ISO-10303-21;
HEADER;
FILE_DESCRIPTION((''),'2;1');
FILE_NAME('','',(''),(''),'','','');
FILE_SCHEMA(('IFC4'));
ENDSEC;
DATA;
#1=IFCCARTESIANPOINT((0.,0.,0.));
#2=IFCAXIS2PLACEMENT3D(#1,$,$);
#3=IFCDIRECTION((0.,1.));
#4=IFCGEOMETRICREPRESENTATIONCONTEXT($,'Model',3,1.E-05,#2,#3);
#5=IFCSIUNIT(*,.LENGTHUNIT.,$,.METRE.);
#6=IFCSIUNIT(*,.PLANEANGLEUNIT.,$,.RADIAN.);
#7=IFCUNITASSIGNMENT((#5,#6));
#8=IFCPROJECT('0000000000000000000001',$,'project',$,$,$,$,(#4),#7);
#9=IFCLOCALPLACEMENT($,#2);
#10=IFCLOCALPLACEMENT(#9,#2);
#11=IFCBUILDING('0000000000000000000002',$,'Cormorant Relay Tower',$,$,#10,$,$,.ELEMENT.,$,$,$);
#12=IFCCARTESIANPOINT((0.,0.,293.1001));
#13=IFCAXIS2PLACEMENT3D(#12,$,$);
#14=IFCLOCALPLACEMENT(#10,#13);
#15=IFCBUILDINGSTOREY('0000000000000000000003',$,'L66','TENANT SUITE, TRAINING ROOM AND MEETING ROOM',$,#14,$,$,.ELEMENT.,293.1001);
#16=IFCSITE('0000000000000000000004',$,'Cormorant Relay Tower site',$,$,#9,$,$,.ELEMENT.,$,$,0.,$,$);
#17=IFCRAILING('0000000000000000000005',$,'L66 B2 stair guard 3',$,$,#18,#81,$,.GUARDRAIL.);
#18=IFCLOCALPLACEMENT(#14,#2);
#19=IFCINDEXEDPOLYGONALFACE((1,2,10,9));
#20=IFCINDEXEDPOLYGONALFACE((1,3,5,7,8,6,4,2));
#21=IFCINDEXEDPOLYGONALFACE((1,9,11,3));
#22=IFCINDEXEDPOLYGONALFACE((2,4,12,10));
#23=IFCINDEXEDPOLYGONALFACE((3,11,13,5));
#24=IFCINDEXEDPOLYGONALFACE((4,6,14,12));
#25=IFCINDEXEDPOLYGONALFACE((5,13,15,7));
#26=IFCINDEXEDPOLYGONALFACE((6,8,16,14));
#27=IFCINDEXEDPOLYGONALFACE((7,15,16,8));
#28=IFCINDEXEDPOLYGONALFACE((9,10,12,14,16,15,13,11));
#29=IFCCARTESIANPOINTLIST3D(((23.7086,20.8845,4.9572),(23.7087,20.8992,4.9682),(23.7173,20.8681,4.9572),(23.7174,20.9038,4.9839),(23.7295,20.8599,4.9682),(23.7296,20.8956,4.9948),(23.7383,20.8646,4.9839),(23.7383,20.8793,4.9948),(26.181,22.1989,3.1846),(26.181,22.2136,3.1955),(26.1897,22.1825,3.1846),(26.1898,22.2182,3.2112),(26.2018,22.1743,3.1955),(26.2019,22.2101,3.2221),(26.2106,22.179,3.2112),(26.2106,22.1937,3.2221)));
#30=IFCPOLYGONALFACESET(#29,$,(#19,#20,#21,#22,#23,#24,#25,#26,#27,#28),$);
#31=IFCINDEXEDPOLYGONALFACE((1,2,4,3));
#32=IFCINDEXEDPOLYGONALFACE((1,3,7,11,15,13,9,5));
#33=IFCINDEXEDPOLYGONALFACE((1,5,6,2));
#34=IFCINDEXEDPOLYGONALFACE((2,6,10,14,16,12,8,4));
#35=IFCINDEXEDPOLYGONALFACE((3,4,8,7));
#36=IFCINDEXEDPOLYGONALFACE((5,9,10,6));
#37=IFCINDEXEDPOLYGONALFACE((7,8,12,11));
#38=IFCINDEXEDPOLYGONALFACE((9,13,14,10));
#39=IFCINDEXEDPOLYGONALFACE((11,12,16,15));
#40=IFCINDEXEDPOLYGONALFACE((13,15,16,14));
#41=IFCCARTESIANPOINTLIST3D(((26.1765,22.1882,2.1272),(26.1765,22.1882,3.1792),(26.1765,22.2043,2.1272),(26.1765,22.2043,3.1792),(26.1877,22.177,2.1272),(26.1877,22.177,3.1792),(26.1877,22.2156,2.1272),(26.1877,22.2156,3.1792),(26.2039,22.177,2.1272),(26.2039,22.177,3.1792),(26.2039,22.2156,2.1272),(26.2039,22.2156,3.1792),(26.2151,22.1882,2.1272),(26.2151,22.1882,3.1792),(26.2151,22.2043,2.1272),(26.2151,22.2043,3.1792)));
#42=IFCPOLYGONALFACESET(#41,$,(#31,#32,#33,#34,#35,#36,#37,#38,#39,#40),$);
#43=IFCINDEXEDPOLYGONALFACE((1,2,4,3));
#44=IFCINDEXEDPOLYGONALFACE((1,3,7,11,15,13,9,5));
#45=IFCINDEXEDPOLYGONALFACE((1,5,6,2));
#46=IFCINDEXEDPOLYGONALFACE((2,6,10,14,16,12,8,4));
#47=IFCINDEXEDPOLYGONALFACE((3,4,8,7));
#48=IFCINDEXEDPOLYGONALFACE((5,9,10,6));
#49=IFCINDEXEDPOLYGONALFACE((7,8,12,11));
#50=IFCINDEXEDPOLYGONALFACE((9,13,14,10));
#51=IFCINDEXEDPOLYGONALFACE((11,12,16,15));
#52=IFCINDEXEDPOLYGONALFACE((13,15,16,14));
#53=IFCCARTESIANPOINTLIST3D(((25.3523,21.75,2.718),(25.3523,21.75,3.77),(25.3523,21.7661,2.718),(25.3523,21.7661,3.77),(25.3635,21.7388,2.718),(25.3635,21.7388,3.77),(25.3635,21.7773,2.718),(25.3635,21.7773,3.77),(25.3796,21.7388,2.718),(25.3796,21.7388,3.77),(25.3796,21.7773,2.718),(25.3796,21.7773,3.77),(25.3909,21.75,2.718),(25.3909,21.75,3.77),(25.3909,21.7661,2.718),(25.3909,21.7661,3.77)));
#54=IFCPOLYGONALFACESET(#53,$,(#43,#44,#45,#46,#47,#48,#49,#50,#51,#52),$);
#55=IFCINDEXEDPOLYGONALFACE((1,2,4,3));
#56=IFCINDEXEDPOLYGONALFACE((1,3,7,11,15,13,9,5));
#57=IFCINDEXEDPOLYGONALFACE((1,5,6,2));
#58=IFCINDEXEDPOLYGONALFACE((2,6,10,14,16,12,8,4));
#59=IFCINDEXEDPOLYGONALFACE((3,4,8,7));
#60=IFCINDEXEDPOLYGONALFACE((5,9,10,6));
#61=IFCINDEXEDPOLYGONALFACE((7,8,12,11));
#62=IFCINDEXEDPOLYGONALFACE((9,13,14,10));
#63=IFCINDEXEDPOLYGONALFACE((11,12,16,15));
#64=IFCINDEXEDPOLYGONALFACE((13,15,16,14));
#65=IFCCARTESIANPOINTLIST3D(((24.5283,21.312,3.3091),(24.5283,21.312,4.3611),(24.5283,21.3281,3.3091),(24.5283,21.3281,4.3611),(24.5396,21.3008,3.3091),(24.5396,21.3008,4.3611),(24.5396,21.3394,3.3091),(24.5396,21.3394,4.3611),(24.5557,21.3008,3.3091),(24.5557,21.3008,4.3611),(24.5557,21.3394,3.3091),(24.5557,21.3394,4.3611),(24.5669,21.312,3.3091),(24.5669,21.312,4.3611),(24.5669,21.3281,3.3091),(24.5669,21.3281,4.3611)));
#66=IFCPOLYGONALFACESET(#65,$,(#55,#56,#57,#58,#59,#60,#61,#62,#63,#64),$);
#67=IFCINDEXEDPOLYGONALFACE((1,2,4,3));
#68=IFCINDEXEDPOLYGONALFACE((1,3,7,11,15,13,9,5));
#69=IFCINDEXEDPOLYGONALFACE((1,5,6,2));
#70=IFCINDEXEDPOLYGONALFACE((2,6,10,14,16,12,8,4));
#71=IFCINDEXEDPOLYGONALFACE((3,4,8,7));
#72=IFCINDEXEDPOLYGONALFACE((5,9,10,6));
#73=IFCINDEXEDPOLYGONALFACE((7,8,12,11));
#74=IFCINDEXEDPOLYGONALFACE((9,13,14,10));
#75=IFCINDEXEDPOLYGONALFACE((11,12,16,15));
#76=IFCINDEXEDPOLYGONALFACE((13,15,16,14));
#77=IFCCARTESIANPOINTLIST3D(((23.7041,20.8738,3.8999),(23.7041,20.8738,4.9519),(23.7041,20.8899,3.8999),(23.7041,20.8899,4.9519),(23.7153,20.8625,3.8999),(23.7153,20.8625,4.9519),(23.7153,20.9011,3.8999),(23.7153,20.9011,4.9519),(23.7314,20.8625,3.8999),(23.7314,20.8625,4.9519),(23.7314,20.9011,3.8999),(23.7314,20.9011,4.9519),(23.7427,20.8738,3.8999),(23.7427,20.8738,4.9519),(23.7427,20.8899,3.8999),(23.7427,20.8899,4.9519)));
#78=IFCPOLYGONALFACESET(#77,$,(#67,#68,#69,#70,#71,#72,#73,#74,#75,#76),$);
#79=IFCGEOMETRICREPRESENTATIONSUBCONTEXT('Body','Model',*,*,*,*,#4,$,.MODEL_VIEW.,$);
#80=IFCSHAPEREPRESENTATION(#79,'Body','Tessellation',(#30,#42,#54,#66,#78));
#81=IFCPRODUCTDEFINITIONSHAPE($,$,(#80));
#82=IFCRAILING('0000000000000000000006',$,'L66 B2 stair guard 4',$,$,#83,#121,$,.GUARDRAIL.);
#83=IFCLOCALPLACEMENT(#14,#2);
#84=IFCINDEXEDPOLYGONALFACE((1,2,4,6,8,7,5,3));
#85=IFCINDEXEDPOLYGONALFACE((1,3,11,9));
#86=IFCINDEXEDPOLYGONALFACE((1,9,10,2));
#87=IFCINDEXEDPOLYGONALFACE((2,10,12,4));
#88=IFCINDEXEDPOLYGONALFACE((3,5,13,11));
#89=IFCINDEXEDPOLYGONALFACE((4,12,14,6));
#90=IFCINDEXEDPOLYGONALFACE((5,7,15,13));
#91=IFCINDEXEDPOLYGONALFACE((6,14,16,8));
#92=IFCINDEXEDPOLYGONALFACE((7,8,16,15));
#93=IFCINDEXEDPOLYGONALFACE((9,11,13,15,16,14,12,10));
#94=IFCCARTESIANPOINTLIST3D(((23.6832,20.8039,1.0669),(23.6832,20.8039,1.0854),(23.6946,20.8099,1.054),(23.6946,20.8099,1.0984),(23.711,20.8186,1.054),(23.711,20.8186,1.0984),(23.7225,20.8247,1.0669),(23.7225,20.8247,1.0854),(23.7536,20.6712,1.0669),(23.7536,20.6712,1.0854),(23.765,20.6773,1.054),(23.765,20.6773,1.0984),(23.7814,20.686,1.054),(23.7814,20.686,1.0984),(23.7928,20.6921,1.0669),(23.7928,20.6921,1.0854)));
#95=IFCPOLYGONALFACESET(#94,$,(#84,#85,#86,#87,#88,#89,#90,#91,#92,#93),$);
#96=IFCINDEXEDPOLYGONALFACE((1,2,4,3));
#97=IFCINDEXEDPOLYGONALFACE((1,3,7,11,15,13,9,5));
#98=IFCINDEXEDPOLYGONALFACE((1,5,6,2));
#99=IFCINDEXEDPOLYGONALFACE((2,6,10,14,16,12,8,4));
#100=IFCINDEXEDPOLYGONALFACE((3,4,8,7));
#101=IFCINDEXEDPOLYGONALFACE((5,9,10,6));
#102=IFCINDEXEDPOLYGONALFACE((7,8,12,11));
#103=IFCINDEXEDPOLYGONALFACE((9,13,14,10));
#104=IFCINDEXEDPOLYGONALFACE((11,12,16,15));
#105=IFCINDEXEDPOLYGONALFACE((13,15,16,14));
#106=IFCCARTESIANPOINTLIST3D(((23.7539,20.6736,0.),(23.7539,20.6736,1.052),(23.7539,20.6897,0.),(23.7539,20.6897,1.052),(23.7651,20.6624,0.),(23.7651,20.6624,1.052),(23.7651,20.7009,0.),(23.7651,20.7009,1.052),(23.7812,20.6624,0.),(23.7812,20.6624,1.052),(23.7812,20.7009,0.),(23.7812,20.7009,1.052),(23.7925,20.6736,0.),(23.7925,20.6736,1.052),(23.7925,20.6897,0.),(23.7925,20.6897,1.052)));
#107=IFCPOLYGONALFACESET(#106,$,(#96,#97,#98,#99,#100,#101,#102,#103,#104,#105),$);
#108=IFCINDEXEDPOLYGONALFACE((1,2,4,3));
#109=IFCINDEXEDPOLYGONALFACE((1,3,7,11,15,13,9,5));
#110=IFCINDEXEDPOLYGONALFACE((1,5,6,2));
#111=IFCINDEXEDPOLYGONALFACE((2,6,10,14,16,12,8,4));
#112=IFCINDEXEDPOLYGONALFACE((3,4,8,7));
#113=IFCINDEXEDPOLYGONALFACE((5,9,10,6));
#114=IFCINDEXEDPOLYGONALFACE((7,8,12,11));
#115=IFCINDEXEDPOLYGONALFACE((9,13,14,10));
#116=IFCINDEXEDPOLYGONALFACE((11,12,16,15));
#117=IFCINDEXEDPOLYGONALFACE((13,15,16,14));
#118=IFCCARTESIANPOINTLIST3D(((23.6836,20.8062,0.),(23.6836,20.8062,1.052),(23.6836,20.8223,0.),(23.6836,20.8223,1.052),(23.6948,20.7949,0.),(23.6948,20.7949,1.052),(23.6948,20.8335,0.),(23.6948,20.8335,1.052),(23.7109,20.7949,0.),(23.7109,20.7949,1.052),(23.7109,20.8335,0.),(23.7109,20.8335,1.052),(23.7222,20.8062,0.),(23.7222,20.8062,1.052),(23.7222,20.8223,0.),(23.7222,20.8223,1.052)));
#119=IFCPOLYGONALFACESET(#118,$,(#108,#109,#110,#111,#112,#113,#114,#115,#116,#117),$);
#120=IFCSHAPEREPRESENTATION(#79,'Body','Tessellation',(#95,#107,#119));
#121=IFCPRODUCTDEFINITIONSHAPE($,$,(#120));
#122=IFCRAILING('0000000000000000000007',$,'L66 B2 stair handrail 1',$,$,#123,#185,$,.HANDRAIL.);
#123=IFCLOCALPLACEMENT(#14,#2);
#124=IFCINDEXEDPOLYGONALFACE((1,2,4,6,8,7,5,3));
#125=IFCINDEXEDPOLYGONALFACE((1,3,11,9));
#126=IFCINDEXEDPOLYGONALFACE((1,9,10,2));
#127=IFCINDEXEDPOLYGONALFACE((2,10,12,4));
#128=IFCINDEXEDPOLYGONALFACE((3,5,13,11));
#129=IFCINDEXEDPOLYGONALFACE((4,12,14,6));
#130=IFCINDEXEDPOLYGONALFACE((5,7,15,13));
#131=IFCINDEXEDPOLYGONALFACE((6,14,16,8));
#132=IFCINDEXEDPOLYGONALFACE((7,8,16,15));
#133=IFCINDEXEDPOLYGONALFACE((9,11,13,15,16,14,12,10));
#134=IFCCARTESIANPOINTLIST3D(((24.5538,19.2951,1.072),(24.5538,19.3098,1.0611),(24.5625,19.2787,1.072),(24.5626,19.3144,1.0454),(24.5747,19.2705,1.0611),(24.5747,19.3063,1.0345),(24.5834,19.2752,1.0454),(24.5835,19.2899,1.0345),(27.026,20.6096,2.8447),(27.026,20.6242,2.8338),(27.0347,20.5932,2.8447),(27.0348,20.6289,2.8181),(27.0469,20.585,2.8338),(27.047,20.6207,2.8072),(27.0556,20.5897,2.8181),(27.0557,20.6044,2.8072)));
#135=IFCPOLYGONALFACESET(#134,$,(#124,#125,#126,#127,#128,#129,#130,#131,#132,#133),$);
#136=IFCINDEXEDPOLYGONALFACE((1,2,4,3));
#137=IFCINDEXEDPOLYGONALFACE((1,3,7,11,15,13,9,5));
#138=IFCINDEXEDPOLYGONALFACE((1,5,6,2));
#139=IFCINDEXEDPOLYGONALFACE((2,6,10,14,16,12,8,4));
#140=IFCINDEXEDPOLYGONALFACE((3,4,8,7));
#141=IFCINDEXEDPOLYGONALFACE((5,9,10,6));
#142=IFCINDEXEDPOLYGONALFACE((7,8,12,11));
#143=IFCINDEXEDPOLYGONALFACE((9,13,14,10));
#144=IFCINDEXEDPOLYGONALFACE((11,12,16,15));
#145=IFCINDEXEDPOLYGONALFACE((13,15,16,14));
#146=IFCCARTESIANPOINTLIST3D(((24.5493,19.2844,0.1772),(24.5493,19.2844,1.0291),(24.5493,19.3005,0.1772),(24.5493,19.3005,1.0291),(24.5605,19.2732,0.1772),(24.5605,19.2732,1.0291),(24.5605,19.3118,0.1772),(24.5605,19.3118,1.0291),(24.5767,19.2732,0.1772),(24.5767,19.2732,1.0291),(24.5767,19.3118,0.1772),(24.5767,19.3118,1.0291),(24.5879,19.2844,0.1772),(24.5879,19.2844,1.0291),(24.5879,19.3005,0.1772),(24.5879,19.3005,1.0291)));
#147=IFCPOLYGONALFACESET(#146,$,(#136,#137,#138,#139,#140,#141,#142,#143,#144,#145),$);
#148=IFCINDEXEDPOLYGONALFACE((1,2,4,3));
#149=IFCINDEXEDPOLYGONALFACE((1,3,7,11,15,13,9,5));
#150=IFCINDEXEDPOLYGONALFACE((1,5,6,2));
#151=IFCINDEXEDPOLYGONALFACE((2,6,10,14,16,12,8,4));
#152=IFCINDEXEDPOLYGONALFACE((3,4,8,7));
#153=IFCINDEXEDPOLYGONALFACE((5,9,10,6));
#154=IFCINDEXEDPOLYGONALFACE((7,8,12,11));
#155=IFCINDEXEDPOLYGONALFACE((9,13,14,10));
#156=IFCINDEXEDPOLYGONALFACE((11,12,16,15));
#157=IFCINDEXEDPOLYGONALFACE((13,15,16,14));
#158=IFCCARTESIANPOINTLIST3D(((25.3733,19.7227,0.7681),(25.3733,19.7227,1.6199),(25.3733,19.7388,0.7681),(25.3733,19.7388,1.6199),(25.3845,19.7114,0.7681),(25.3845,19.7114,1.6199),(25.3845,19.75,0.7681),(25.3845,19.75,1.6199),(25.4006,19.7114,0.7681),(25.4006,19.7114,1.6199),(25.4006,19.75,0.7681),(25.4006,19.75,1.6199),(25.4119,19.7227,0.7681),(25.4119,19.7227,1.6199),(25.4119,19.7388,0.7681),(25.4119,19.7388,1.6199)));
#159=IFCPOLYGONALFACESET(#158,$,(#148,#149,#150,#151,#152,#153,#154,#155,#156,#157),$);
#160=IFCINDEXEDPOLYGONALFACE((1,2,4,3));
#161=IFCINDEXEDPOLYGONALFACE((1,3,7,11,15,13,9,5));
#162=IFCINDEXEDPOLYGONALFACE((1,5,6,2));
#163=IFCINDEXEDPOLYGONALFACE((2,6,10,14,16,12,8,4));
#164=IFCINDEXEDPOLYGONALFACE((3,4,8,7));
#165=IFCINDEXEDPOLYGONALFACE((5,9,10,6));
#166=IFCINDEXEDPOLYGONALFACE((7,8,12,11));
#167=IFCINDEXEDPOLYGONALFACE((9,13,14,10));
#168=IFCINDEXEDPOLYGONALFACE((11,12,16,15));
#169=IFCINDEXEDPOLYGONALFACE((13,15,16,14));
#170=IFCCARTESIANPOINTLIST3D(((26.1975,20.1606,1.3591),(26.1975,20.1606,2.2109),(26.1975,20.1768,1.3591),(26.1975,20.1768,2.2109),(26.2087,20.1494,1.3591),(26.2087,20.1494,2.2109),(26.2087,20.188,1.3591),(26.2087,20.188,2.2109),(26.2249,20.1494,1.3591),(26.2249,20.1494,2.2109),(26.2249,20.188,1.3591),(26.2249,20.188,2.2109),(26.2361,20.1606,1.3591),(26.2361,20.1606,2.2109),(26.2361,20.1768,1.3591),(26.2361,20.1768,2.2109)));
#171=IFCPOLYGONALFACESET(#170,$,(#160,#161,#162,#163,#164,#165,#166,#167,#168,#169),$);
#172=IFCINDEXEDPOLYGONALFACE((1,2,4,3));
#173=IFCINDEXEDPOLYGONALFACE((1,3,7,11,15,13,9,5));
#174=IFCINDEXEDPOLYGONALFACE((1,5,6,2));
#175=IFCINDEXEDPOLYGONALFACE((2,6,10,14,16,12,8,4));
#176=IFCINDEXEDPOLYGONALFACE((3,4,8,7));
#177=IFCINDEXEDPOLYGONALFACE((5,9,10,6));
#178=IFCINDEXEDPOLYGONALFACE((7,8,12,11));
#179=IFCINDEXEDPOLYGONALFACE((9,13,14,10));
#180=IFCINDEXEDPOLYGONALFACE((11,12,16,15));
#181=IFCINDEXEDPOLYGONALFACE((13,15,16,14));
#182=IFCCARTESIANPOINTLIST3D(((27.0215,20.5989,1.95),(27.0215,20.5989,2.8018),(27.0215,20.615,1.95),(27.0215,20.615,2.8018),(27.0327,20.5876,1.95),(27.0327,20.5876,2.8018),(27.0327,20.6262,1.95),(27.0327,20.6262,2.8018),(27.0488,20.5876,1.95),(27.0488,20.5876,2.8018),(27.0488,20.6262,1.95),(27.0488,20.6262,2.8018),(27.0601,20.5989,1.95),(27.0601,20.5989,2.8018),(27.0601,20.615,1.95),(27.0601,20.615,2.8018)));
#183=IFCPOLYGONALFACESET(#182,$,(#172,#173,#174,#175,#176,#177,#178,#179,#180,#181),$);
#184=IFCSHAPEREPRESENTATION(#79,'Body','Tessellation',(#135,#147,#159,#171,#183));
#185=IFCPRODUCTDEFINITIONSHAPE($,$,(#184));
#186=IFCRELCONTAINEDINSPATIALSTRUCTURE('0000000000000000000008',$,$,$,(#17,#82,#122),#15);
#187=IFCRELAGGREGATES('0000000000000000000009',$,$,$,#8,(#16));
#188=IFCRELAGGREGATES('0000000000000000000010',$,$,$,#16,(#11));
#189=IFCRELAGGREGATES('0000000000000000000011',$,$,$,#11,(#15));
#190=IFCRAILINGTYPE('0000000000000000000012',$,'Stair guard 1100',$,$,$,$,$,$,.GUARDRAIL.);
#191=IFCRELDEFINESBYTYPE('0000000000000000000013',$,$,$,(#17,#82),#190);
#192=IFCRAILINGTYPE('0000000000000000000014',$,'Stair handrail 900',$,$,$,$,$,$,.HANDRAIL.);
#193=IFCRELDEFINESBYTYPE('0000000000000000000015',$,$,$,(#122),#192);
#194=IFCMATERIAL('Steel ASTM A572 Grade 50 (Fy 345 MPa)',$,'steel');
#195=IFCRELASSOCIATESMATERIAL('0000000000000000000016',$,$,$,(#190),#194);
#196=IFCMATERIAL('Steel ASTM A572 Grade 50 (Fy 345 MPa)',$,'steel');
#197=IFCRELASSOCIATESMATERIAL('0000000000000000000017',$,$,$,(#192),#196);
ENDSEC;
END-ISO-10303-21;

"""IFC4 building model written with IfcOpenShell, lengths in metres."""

from ifc_helpers import new_model, si_unit, direction, frame, origin, place, context, subcontext, project, spatial, polyline, outline, extrude, material, type_object, element, save


model = new_model("IFC4")

# Units and contexts
model_context = context("Model", 3, precision=1e-05, world=origin(), true_north=direction((0.0, 1.0)))
body_context = subcontext(model_context, "Body", "Model", "MODEL_VIEW")
ifc_project = project(units=[si_unit("LENGTHUNIT", "METRE"), si_unit("PLANEANGLEUNIT", "RADIAN")], contexts=[model_context])

# Site, building, storey
site_placement = place(None, origin())
site = spatial("IfcSite", under=ifc_project, at=site_placement, Name="Cormorant Relay Tower site", CompositionType="ELEMENT", RefElevation=0.0)
building_placement = place(site_placement, origin())
building = spatial("IfcBuilding", under=site, at=building_placement, Name="Cormorant Relay Tower", CompositionType="ELEMENT")
storey_placement = place(building_placement, frame((0.0, 0.0, 293.1001)))
storey = spatial("IfcBuildingStorey", under=building, at=storey_placement, Name="L66", Description="TENANT SUITE, TRAINING ROOM AND MEETING ROOM", CompositionType="ELEMENT", Elevation=293.1001)

# Railings
ifc_material_1 = material(Name="Steel ASTM A572 Grade 50 (Fy 345 MPa)", Category="steel")
railing_type_1 = type_object("IfcRailingType", Name="Stair guard 1100", PredefinedType="GUARDRAIL", material=ifc_material_1)
railing_1_placement = place(storey_placement, frame((26.1958, 22.1963, 2.1272)))
element("IfcRailing", 1, at=railing_1_placement, inside=storey, type_object=railing_type_1, Name="L66 B2 stair guard 3", PredefinedType="GUARDRAIL", context=body_context, shape_type="SweptSolid", body=[
    extrude(outline(polyline([(0.0222, 0.0093), (0.0093, 0.0222), (-0.0093, 0.0222), (-0.0222, 0.0093), (-0.0222, -0.0093), (-0.0093, -0.0222), (0.0093, -0.0222), (0.0222, -0.0093), (0.0222, 0.0093)])), frame((0.0, 0.0, 1.0762), z_axis=(-0.746034, -0.396627, 0.534902), x_axis=(0.469429, -0.88297, 0.0)), (0.0, 0.0, 1.0), 3.314),
    extrude(outline(polyline([(0.0193, 0.0081), (0.0081, 0.0193), (-0.0081, 0.0193), (-0.0193, 0.0081), (-0.0193, -0.0081), (-0.0081, -0.0193), (0.0081, -0.0193), (0.0193, -0.0081), (0.0193, 0.0081)])), origin(), (0.0, 0.0, 1.0), 1.052),
    extrude(outline(polyline([(0.0193, 0.0081), (0.0081, 0.0193), (-0.0081, 0.0193), (-0.0193, 0.0081), (-0.0193, -0.0081), (-0.0081, -0.0193), (0.0081, -0.0193), (0.0193, -0.0081), (0.0193, 0.0081)])), frame((-0.8242, -0.4382, 0.5908)), (0.0, 0.0, 1.0), 1.052),
    extrude(outline(polyline([(0.0193, 0.0081), (0.0081, 0.0193), (-0.0081, 0.0193), (-0.0193, 0.0081), (-0.0193, -0.0081), (-0.0081, -0.0193), (0.0081, -0.0193), (0.0193, -0.0081), (0.0193, 0.0081)])), frame((-1.6482, -0.8762, 1.1819)), (0.0, 0.0, 1.0), 1.052),
    extrude(outline(polyline([(0.0193, 0.0081), (0.0081, 0.0193), (-0.0081, 0.0193), (-0.0193, 0.0081), (-0.0193, -0.0081), (-0.0081, -0.0193), (0.0081, -0.0193), (0.0193, -0.0081), (0.0193, 0.0081)])), frame((-2.4724, -1.3145, 1.7727)), (0.0, 0.0, 1.0), 1.052),
])
railing_2_placement = place(storey_placement, frame((23.7732, 20.6816, 0.0)))
element("IfcRailing", 2, at=railing_2_placement, inside=storey, type_object=railing_type_1, Name="L66 B2 stair guard 4", PredefinedType="GUARDRAIL", context=body_context, shape_type="SweptSolid", body=[
    extrude(outline(polyline([(0.0222, 0.0093), (0.0093, 0.0222), (-0.0093, 0.0222), (-0.0222, 0.0093), (-0.0222, -0.0093), (-0.0093, -0.0222), (0.0093, -0.0222), (0.0222, -0.0093), (0.0222, 0.0093)])), frame((0.0, 0.0, 1.0762), z_axis=(-0.46856, 0.883431, 0.0), x_axis=(-0.883431, -0.46856, 0.0)), (0.0, 0.0, 1.0), 0.1501),
    extrude(outline(polyline([(0.0193, 0.0081), (0.0081, 0.0193), (-0.0081, 0.0193), (-0.0193, 0.0081), (-0.0193, -0.0081), (-0.0081, -0.0193), (0.0081, -0.0193), (0.0193, -0.0081), (0.0193, 0.0081)])), origin(), (0.0, 0.0, 1.0), 1.052),
    extrude(outline(polyline([(0.0193, 0.0081), (0.0081, 0.0193), (-0.0081, 0.0193), (-0.0193, 0.0081), (-0.0193, -0.0081), (-0.0081, -0.0193), (0.0081, -0.0193), (0.0193, -0.0081), (0.0193, 0.0081)])), frame((-0.0703, 0.1326, 0.0)), (0.0, 0.0, 1.0), 1.052),
])
ifc_material_2 = material(Name="Steel ASTM A572 Grade 50 (Fy 345 MPa)", Category="steel")
railing_type_2 = type_object("IfcRailingType", Name="Stair handrail 900", PredefinedType="HANDRAIL", material=ifc_material_2)
railing_3_placement = place(storey_placement, frame((24.5686, 19.2925, 0.1772)))
element("IfcRailing", 3, at=railing_3_placement, inside=storey, type_object=railing_type_2, Name="L66 B2 stair handrail 1", PredefinedType="HANDRAIL", context=body_context, shape_type="SweptSolid", body=[
    extrude(outline(polyline([(0.0222, 0.0093), (0.0093, 0.0222), (-0.0093, 0.0222), (-0.0222, 0.0093), (-0.0222, -0.0093), (-0.0093, -0.0222), (0.0093, -0.0222), (0.0222, -0.0093), (0.0222, 0.0093)])), frame((0.0, 0.0, 0.876), z_axis=(0.746001, 0.396649, 0.534931), x_axis=(-0.469465, 0.882951, 0.0)), (0.0, 0.0, 1.0), 3.314),
    extrude(outline(polyline([(0.0193, 0.0081), (0.0081, 0.0193), (-0.0081, 0.0193), (-0.0193, 0.0081), (-0.0193, -0.0081), (-0.0081, -0.0193), (0.0081, -0.0193), (0.0193, -0.0081), (0.0193, 0.0081)])), origin(), (0.0, 0.0, 1.0), 0.8518),
    extrude(outline(polyline([(0.0193, 0.0081), (0.0081, 0.0193), (-0.0081, 0.0193), (-0.0193, 0.0081), (-0.0193, -0.0081), (-0.0081, -0.0193), (0.0081, -0.0193), (0.0193, -0.0081), (0.0193, 0.0081)])), frame((0.824, 0.4382, 0.5908)), (0.0, 0.0, 1.0), 0.8518),
    extrude(outline(polyline([(0.0193, 0.0081), (0.0081, 0.0193), (-0.0081, 0.0193), (-0.0193, 0.0081), (-0.0193, -0.0081), (-0.0081, -0.0193), (0.0081, -0.0193), (0.0193, -0.0081), (0.0193, 0.0081)])), frame((1.6482, 0.8762, 1.1819)), (0.0, 0.0, 1.0), 0.8518),
    extrude(outline(polyline([(0.0193, 0.0081), (0.0081, 0.0193), (-0.0081, 0.0193), (-0.0193, 0.0081), (-0.0193, -0.0081), (-0.0081, -0.0193), (0.0081, -0.0193), (0.0193, -0.0081), (0.0193, 0.0081)])), frame((2.4722, 1.3145, 1.7727)), (0.0, 0.0, 1.0), 0.8518),
])

save(model, "model.ifc")
